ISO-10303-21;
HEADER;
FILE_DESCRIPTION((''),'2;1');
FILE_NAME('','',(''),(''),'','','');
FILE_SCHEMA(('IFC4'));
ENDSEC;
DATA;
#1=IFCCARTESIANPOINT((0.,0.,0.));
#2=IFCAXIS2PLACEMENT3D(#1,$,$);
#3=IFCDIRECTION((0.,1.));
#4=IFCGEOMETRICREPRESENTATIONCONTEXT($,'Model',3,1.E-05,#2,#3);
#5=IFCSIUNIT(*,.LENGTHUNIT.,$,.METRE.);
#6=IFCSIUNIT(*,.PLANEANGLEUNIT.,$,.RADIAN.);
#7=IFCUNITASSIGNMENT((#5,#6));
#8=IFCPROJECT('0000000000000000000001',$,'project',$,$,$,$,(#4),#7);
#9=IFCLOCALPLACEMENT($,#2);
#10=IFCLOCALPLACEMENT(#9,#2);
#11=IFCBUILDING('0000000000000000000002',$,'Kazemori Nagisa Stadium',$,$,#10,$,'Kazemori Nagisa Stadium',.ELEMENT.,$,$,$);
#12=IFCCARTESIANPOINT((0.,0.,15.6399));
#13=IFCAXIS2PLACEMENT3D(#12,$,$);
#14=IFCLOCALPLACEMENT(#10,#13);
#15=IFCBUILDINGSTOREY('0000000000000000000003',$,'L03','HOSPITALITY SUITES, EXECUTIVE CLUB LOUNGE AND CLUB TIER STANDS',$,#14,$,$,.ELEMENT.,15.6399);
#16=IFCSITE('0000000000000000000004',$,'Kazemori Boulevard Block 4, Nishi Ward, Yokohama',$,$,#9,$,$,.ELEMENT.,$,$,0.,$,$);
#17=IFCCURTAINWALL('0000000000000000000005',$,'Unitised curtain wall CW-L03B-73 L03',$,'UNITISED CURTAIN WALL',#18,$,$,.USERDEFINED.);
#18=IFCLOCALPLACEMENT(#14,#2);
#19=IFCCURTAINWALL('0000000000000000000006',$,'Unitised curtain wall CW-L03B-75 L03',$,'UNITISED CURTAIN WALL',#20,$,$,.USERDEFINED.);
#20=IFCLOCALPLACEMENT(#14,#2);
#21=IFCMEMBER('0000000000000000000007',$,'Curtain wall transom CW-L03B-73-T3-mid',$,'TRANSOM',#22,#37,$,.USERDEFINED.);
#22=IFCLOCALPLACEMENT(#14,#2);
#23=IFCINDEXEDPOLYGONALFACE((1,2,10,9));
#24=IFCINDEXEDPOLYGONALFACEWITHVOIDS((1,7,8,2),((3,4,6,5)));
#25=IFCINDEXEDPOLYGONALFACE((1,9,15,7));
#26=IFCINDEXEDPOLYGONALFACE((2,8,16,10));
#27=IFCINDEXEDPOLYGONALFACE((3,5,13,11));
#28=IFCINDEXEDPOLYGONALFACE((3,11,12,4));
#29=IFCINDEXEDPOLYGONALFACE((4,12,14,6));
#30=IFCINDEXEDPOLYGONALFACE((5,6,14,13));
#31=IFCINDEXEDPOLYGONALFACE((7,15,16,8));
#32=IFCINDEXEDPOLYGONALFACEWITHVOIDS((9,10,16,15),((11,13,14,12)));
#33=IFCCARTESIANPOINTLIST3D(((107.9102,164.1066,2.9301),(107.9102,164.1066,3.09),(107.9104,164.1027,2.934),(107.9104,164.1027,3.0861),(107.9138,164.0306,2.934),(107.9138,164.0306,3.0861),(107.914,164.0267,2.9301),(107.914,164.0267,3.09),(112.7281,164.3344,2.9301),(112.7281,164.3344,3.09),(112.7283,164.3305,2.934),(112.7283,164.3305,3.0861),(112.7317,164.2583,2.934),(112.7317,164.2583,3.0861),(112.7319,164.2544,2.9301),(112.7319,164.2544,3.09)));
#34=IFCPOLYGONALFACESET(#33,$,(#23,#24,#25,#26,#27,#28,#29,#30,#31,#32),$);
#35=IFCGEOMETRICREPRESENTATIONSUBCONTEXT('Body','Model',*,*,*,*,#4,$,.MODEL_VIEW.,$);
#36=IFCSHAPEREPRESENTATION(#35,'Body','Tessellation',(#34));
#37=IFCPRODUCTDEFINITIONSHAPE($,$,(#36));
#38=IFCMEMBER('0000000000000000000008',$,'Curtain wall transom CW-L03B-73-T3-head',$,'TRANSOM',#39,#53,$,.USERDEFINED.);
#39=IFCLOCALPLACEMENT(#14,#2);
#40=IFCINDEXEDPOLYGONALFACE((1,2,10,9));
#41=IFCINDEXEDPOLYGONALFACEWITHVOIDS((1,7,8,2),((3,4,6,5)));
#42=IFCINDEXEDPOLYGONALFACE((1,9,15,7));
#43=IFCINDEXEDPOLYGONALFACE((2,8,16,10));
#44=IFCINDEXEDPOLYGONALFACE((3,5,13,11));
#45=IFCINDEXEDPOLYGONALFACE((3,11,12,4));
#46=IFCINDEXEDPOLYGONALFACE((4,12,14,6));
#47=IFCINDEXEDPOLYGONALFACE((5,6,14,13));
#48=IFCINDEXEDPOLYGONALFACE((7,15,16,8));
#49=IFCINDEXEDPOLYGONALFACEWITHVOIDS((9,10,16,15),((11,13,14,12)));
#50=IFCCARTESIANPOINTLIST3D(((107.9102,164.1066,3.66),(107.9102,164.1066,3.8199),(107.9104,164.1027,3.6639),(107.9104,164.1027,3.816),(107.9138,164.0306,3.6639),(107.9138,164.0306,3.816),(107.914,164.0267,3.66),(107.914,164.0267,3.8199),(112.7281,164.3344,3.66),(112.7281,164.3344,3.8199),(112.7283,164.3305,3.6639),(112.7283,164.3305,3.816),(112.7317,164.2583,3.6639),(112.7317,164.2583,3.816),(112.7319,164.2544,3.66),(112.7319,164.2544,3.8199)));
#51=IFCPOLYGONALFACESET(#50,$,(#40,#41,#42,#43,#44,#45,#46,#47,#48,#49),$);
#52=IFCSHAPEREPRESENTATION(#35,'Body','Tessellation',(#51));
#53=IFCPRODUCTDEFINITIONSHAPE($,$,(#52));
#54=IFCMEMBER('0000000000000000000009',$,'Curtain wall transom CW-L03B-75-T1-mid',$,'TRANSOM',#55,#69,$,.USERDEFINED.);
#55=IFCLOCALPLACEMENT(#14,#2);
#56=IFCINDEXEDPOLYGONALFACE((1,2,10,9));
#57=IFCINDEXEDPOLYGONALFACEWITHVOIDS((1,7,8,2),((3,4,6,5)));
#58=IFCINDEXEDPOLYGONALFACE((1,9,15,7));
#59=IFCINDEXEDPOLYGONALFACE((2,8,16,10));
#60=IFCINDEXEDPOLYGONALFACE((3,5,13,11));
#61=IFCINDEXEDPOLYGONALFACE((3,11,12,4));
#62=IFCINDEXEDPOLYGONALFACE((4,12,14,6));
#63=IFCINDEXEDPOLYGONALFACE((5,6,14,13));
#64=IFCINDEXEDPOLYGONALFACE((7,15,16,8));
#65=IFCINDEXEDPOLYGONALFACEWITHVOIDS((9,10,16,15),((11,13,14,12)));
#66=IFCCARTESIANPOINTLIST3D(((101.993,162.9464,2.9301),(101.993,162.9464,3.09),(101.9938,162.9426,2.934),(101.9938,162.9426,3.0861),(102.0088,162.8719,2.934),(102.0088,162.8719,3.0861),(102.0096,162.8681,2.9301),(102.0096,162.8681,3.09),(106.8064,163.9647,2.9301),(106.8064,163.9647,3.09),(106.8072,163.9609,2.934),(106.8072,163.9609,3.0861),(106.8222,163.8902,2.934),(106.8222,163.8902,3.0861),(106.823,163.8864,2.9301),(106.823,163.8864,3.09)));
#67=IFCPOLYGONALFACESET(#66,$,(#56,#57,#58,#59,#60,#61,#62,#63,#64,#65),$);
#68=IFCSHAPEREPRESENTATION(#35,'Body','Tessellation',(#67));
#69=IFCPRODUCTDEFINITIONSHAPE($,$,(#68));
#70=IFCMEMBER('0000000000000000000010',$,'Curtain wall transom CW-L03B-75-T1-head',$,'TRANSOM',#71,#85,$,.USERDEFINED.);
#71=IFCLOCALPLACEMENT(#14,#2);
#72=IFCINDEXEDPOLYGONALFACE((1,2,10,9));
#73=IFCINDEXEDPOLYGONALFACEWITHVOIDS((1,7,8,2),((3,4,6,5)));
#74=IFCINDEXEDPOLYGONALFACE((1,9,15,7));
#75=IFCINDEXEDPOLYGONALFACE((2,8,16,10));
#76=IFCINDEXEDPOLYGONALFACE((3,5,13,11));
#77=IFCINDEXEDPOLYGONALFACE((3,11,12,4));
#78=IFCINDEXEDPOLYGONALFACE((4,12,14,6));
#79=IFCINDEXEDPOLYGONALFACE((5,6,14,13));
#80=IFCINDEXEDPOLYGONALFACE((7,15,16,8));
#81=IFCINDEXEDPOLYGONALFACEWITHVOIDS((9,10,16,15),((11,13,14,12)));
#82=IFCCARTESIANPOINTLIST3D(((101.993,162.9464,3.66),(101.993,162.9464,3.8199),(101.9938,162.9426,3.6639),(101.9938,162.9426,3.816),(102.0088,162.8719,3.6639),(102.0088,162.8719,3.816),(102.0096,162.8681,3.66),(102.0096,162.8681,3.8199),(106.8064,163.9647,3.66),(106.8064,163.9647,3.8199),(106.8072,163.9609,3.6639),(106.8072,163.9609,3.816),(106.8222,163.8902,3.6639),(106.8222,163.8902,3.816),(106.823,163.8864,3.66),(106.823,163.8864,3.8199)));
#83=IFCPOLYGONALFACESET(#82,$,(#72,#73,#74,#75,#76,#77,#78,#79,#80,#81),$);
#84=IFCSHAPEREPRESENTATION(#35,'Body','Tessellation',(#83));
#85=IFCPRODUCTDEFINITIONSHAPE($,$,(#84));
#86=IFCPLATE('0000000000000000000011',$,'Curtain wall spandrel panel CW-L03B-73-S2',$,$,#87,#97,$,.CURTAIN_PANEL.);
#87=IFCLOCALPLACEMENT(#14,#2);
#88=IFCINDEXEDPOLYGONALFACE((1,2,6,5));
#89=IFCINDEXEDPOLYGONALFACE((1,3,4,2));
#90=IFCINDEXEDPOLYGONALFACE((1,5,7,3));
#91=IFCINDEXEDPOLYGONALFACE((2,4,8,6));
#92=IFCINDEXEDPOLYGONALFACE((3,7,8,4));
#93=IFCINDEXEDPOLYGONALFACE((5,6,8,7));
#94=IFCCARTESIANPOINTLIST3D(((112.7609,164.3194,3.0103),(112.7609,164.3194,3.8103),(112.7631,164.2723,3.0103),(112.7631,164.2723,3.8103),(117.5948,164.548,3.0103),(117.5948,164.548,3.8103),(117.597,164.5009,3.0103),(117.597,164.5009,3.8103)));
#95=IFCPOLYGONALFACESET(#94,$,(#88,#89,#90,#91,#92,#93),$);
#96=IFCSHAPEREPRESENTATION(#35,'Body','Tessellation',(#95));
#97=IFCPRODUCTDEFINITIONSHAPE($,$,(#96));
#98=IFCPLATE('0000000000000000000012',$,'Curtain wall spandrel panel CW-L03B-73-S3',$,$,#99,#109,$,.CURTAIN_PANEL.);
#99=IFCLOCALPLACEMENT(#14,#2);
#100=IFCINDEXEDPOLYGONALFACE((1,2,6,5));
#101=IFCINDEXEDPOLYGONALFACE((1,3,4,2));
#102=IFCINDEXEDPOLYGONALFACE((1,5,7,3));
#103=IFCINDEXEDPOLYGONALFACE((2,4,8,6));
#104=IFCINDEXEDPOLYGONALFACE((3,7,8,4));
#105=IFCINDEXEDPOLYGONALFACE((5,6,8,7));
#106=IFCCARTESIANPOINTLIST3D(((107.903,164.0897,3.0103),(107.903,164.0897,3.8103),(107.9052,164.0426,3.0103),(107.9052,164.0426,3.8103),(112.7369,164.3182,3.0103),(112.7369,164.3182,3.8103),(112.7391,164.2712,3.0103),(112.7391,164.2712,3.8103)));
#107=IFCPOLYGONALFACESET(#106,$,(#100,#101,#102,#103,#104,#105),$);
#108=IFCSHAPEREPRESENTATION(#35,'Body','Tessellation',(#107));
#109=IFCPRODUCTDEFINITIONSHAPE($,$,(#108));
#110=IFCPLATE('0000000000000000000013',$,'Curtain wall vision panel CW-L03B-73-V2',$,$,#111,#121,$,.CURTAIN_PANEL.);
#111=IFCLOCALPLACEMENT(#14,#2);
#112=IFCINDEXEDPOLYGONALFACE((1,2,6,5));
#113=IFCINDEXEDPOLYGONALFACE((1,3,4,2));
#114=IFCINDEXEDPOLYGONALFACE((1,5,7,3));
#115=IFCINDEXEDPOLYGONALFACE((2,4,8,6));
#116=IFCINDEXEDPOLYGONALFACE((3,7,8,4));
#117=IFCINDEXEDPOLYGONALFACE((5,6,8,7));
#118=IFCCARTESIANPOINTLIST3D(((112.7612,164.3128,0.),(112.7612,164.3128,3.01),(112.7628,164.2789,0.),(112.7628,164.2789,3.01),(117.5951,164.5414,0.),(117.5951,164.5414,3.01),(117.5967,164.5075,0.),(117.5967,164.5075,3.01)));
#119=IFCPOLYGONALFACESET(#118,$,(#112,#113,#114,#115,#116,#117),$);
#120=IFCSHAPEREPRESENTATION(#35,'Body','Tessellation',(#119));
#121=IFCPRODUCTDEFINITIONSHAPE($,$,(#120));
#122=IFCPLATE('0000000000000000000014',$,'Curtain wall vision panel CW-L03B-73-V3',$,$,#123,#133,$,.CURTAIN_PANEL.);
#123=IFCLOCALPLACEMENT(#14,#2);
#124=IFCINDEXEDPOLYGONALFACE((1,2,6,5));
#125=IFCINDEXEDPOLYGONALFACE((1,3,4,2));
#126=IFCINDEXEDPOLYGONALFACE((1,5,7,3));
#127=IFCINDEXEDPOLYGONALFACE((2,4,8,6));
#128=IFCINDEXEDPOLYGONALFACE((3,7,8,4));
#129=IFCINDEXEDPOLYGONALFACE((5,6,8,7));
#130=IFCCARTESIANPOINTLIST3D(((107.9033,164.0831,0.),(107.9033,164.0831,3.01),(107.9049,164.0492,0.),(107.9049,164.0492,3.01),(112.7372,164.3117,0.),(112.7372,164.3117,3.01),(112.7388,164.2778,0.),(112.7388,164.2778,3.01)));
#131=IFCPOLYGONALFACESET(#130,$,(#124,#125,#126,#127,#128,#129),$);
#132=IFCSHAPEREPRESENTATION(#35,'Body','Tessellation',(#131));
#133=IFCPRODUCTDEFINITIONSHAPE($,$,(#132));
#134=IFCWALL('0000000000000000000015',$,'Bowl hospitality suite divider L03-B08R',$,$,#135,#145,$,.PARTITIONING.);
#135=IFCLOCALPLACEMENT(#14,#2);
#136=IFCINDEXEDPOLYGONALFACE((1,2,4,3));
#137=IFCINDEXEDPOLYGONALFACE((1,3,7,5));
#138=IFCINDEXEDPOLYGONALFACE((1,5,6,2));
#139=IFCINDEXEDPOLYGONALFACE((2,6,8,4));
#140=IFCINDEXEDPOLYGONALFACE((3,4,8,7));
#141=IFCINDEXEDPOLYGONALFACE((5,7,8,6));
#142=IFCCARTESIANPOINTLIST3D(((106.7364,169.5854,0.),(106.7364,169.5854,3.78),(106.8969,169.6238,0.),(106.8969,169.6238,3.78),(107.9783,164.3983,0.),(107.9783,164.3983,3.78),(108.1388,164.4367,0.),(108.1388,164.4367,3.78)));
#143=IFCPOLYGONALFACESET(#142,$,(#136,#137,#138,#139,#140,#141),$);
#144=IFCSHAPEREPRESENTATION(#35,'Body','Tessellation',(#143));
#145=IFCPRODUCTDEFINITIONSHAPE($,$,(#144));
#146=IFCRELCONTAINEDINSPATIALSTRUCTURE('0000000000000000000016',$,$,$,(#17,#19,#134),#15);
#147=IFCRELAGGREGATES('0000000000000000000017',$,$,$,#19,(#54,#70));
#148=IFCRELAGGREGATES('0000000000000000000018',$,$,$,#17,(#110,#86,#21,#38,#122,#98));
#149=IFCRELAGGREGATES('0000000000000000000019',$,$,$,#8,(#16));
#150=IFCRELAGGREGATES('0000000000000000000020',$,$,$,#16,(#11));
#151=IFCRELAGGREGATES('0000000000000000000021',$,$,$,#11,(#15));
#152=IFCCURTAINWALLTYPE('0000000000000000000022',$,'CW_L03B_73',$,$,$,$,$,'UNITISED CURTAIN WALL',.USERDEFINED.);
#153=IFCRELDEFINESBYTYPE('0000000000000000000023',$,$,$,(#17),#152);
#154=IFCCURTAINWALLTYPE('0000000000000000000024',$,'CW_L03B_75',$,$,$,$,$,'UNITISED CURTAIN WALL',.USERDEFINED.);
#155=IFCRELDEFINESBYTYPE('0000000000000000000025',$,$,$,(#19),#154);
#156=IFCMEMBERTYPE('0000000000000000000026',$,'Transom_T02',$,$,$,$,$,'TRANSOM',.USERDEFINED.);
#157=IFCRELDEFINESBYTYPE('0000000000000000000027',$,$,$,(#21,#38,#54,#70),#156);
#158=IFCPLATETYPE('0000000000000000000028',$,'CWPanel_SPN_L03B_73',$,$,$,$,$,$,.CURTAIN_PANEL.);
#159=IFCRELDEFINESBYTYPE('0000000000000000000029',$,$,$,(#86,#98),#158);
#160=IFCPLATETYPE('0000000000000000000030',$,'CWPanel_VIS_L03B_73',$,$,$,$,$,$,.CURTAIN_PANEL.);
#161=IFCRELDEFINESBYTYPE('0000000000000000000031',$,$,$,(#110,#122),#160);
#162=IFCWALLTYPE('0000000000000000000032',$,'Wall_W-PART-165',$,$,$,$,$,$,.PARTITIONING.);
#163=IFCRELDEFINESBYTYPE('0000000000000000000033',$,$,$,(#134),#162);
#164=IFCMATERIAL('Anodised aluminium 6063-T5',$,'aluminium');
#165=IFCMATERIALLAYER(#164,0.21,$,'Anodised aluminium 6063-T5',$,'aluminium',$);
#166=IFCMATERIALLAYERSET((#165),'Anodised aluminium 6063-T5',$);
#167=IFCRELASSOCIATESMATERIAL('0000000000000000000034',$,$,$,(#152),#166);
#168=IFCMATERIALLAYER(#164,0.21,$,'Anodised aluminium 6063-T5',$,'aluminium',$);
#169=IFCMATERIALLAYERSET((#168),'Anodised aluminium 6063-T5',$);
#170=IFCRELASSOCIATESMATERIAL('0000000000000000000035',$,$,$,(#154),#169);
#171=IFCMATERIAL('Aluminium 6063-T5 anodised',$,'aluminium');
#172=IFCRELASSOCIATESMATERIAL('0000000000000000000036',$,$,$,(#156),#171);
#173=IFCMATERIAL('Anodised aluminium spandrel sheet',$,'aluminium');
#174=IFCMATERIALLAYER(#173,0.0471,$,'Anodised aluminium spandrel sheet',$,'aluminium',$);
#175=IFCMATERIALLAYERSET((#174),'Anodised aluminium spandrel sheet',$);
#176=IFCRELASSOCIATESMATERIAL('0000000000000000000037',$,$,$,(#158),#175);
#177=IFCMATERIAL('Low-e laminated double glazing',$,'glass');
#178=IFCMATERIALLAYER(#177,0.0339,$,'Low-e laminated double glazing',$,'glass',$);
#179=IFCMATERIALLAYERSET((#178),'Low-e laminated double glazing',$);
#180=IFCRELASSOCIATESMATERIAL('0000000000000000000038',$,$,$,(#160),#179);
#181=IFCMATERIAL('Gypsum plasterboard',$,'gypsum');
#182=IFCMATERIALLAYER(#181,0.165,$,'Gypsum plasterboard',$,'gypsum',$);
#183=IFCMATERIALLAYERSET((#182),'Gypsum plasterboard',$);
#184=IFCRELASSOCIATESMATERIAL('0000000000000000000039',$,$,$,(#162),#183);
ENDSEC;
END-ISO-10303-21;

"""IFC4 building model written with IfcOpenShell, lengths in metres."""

from ifc_helpers import new_model, si_unit, direction, frame, frame_2d, origin, origin_2d, place, context, subcontext, project, spatial, rectangle, hollow_rectangle, extrude, material, layer, layer_set, material_profile, profile_set, type_object, element, aggregate, save


model = new_model("IFC4")

# Units and contexts
model_context = context("Model", 3, precision=1e-05, world=origin(), true_north=direction((0.0, 1.0)))
body_context = subcontext(model_context, "Body", "Model", "MODEL_VIEW")
ifc_project = project(units=[si_unit("LENGTHUNIT", "METRE"), si_unit("PLANEANGLEUNIT", "RADIAN")], contexts=[model_context])

# Site, building, storey
site_placement = place(None, origin())
site = spatial("IfcSite", under=ifc_project, at=site_placement, Name="Kazemori Boulevard Block 4, Nishi Ward, Yokohama", CompositionType="ELEMENT", RefElevation=0.0)
building_placement = place(site_placement, origin())
building = spatial("IfcBuilding", under=site, at=building_placement, Name="Kazemori Nagisa Stadium", LongName="Kazemori Nagisa Stadium", CompositionType="ELEMENT")
storey_placement = place(building_placement, frame((0.0, 0.0, 15.6399)))
storey = spatial("IfcBuildingStorey", under=building, at=storey_placement, Name="L03", Description="HOSPITALITY SUITES, EXECUTIVE CLUB LOUNGE AND CLUB TIER STANDS", CompositionType="ELEMENT", Elevation=15.6399)

# Curtain wall
ifc_material_1 = material(Name="Anodised aluminium 6063-T5", Category="aluminium")
ifc_layer_1 = layer(ifc_material_1, 0.21, Name="Anodised aluminium 6063-T5", Category="aluminium")
ifc_layer_set_1 = layer_set([ifc_layer_1], Name="Anodised aluminium 6063-T5")
curtain_wall_type_1 = type_object("IfcCurtainWallType", Name="CW_L03B_73", ElementType="UNITISED CURTAIN WALL", PredefinedType="USERDEFINED", material=ifc_layer_set_1)
curtain_wall_1_placement = place(storey_placement, origin())
curtain_wall_1 = element("IfcCurtainWall", 1, at=curtain_wall_1_placement, inside=storey, type_object=curtain_wall_type_1, Name="Unitised curtain wall CW-L03B-73 L03", ObjectType="UNITISED CURTAIN WALL", PredefinedType="USERDEFINED")
ifc_material_2 = material(Name="Aluminium 6063-T5 anodised", Category="aluminium")

# Curtain wall
ifc_layer_2 = layer(ifc_material_1, 0.21, Name="Anodised aluminium 6063-T5", Category="aluminium")
ifc_layer_set_2 = layer_set([ifc_layer_2], Name="Anodised aluminium 6063-T5")
curtain_wall_type_2 = type_object("IfcCurtainWallType", Name="CW_L03B_75", ElementType="UNITISED CURTAIN WALL", PredefinedType="USERDEFINED", material=ifc_layer_set_2)
curtain_wall_2_placement = place(storey_placement, origin())
curtain_wall_2 = element("IfcCurtainWall", 2, at=curtain_wall_2_placement, inside=storey, type_object=curtain_wall_type_2, Name="Unitised curtain wall CW-L03B-75 L03", ObjectType="UNITISED CURTAIN WALL", PredefinedType="USERDEFINED")

# Members
ifc_material_profile_1 = material_profile(ifc_material_2, hollow_rectangle(XDim=0.0801, YDim=0.1599, WallThickness=0.0039, at=origin_2d()), Name="ALU-TRAN-80x160x4")
ifc_profile_set_1 = profile_set([ifc_material_profile_1], Name="Aluminium 6063-T5 anodised")
member_type_1 = type_object("IfcMemberType", Name="Transom_T02", ElementType="TRANSOM", PredefinedType="USERDEFINED", material=ifc_profile_set_1)
member_1_placement = place(storey_placement, frame((112.73, 164.2944, 3.01), z_axis=(-0.998884, -0.047226, 0.0), x_axis=(0.047226, -0.998884, 0.0)))
member_1 = element("IfcMember", 3, at=member_1_placement, type_object=member_type_1, Name="Curtain wall transom CW-L03B-73-T3-mid", ObjectType="TRANSOM", PredefinedType="USERDEFINED", context=body_context, shape_type="SweptSolid", body=[
    extrude(hollow_rectangle(XDim=0.0801, YDim=0.1599, WallThickness=0.0039, at=origin_2d()), origin(), (0.0, 0.0, 1.0), 4.8232),
])
member_2_placement = place(storey_placement, frame((112.73, 164.2944, 3.74), z_axis=(-0.998884, -0.047226, 0.0), x_axis=(0.047226, -0.998884, 0.0)))
member_2 = element("IfcMember", 4, at=member_2_placement, type_object=member_type_1, Name="Curtain wall transom CW-L03B-73-T3-head", ObjectType="TRANSOM", PredefinedType="USERDEFINED", context=body_context, shape_type="SweptSolid", body=[
    extrude(hollow_rectangle(XDim=0.0801, YDim=0.1599, WallThickness=0.0039, at=origin_2d()), origin(), (0.0, 0.0, 1.0), 4.8232),
])
member_3_placement = place(storey_placement, frame((106.8147, 163.9255, 3.01), z_axis=(-0.978347, -0.206973, 0.0), x_axis=(0.206973, -0.978347, 0.0)))
member_3 = element("IfcMember", 5, at=member_3_placement, type_object=member_type_1, Name="Curtain wall transom CW-L03B-75-T1-mid", ObjectType="TRANSOM", PredefinedType="USERDEFINED", context=body_context, shape_type="SweptSolid", body=[
    extrude(hollow_rectangle(XDim=0.0801, YDim=0.1599, WallThickness=0.0039, at=origin_2d()), origin(), (0.0, 0.0, 1.0), 4.9199),
])
member_4_placement = place(storey_placement, frame((106.8147, 163.9255, 3.74), z_axis=(-0.978347, -0.206973, 0.0), x_axis=(0.206973, -0.978347, 0.0)))
member_4 = element("IfcMember", 6, at=member_4_placement, type_object=member_type_1, Name="Curtain wall transom CW-L03B-75-T1-head", ObjectType="TRANSOM", PredefinedType="USERDEFINED", context=body_context, shape_type="SweptSolid", body=[
    extrude(hollow_rectangle(XDim=0.0801, YDim=0.1599, WallThickness=0.0039, at=origin_2d()), origin(), (0.0, 0.0, 1.0), 4.9199),
])
aggregate(curtain_wall_2, [member_3, member_4])

# Plates
ifc_material_3 = material(Name="Anodised aluminium spandrel sheet", Category="aluminium")
ifc_layer_3 = layer(ifc_material_3, 0.0471, Name="Anodised aluminium spandrel sheet", Category="aluminium")
ifc_layer_set_3 = layer_set([ifc_layer_3], Name="Anodised aluminium spandrel sheet")
plate_type_1 = type_object("IfcPlateType", Name="CWPanel_SPN_L03B_73", PredefinedType="CURTAIN_PANEL", material=ifc_layer_set_3)
plate_1_placement = place(storey_placement, frame((115.179, 164.4102, 3.0103), z_axis=(0.0, 0.0, 1.0), x_axis=(-0.998884, -0.04723, 0.0)))
plate_1 = element("IfcPlate", 7, at=plate_1_placement, type_object=plate_type_1, Name="Curtain wall spandrel panel CW-L03B-73-S2", PredefinedType="CURTAIN_PANEL", context=body_context, shape_type="SweptSolid", body=[
    extrude(rectangle(XDim=4.8394, YDim=0.0471, at=origin_2d()), origin(), (0.0, 0.0, 1.0), 0.8),
])
plate_2_placement = place(storey_placement, frame((110.321, 164.1804, 3.0103), z_axis=(0.0, 0.0, 1.0), x_axis=(-0.998884, -0.04723, 0.0)))
plate_2 = element("IfcPlate", 8, at=plate_2_placement, type_object=plate_type_1, Name="Curtain wall spandrel panel CW-L03B-73-S3", PredefinedType="CURTAIN_PANEL", context=body_context, shape_type="SweptSolid", body=[
    extrude(rectangle(XDim=4.8394, YDim=0.0471, at=origin_2d()), origin(), (0.0, 0.0, 1.0), 0.8),
])
ifc_material_4 = material(Name="Low-e laminated double glazing", Category="glass")
ifc_layer_4 = layer(ifc_material_4, 0.0339, Name="Low-e laminated double glazing", Category="glass")
ifc_layer_set_4 = layer_set([ifc_layer_4], Name="Low-e laminated double glazing")
plate_type_2 = type_object("IfcPlateType", Name="CWPanel_VIS_L03B_73", PredefinedType="CURTAIN_PANEL", material=ifc_layer_set_4)
plate_3_placement = place(storey_placement, frame((115.179, 164.4102, 0.0), z_axis=(0.0, 0.0, 1.0), x_axis=(-0.998884, -0.04723, 0.0)))
plate_3 = element("IfcPlate", 9, at=plate_3_placement, type_object=plate_type_2, Name="Curtain wall vision panel CW-L03B-73-V2", PredefinedType="CURTAIN_PANEL", context=body_context, shape_type="SweptSolid", body=[
    extrude(rectangle(XDim=4.8394, YDim=0.0339, at=origin_2d()), origin(), (0.0, 0.0, 1.0), 3.01),
])
plate_4_placement = place(storey_placement, frame((110.321, 164.1804, 0.0), z_axis=(0.0, 0.0, 1.0), x_axis=(-0.998884, -0.04723, 0.0)))
plate_4 = element("IfcPlate", 10, at=plate_4_placement, type_object=plate_type_2, Name="Curtain wall vision panel CW-L03B-73-V3", PredefinedType="CURTAIN_PANEL", context=body_context, shape_type="SweptSolid", body=[
    extrude(rectangle(XDim=4.8394, YDim=0.0339, at=origin_2d()), origin(), (0.0, 0.0, 1.0), 3.01),
])
aggregate(curtain_wall_1, [plate_3, plate_1, member_1, member_2, plate_4, plate_2])

# Wall
ifc_material_5 = material(Name="Gypsum plasterboard", Category="gypsum")
ifc_layer_5 = layer(ifc_material_5, 0.165, Name="Gypsum plasterboard", Category="gypsum")
ifc_layer_set_5 = layer_set([ifc_layer_5], Name="Gypsum plasterboard")
wall_type = type_object("IfcWallType", Name="Wall_W-PART-165", PredefinedType="PARTITIONING", material=ifc_layer_set_5)
wall_placement = place(storey_placement, frame((106.8167, 169.6047, 0.0), z_axis=(0.0, 0.0, 1.0), x_axis=(0.232841, -0.972515, 0.0)))
element("IfcWall", 11, at=wall_placement, inside=storey, type_object=wall_type, Name="Bowl hospitality suite divider L03-B08R", PredefinedType="PARTITIONING", context=body_context, shape_type="SweptSolid", body=[
    extrude(rectangle(XDim=5.3337, YDim=0.165, at=frame_2d((2.667, 0.0))), origin(), (0.0, 0.0, 1.0), 3.78),
])

save(model, "model.ifc")
